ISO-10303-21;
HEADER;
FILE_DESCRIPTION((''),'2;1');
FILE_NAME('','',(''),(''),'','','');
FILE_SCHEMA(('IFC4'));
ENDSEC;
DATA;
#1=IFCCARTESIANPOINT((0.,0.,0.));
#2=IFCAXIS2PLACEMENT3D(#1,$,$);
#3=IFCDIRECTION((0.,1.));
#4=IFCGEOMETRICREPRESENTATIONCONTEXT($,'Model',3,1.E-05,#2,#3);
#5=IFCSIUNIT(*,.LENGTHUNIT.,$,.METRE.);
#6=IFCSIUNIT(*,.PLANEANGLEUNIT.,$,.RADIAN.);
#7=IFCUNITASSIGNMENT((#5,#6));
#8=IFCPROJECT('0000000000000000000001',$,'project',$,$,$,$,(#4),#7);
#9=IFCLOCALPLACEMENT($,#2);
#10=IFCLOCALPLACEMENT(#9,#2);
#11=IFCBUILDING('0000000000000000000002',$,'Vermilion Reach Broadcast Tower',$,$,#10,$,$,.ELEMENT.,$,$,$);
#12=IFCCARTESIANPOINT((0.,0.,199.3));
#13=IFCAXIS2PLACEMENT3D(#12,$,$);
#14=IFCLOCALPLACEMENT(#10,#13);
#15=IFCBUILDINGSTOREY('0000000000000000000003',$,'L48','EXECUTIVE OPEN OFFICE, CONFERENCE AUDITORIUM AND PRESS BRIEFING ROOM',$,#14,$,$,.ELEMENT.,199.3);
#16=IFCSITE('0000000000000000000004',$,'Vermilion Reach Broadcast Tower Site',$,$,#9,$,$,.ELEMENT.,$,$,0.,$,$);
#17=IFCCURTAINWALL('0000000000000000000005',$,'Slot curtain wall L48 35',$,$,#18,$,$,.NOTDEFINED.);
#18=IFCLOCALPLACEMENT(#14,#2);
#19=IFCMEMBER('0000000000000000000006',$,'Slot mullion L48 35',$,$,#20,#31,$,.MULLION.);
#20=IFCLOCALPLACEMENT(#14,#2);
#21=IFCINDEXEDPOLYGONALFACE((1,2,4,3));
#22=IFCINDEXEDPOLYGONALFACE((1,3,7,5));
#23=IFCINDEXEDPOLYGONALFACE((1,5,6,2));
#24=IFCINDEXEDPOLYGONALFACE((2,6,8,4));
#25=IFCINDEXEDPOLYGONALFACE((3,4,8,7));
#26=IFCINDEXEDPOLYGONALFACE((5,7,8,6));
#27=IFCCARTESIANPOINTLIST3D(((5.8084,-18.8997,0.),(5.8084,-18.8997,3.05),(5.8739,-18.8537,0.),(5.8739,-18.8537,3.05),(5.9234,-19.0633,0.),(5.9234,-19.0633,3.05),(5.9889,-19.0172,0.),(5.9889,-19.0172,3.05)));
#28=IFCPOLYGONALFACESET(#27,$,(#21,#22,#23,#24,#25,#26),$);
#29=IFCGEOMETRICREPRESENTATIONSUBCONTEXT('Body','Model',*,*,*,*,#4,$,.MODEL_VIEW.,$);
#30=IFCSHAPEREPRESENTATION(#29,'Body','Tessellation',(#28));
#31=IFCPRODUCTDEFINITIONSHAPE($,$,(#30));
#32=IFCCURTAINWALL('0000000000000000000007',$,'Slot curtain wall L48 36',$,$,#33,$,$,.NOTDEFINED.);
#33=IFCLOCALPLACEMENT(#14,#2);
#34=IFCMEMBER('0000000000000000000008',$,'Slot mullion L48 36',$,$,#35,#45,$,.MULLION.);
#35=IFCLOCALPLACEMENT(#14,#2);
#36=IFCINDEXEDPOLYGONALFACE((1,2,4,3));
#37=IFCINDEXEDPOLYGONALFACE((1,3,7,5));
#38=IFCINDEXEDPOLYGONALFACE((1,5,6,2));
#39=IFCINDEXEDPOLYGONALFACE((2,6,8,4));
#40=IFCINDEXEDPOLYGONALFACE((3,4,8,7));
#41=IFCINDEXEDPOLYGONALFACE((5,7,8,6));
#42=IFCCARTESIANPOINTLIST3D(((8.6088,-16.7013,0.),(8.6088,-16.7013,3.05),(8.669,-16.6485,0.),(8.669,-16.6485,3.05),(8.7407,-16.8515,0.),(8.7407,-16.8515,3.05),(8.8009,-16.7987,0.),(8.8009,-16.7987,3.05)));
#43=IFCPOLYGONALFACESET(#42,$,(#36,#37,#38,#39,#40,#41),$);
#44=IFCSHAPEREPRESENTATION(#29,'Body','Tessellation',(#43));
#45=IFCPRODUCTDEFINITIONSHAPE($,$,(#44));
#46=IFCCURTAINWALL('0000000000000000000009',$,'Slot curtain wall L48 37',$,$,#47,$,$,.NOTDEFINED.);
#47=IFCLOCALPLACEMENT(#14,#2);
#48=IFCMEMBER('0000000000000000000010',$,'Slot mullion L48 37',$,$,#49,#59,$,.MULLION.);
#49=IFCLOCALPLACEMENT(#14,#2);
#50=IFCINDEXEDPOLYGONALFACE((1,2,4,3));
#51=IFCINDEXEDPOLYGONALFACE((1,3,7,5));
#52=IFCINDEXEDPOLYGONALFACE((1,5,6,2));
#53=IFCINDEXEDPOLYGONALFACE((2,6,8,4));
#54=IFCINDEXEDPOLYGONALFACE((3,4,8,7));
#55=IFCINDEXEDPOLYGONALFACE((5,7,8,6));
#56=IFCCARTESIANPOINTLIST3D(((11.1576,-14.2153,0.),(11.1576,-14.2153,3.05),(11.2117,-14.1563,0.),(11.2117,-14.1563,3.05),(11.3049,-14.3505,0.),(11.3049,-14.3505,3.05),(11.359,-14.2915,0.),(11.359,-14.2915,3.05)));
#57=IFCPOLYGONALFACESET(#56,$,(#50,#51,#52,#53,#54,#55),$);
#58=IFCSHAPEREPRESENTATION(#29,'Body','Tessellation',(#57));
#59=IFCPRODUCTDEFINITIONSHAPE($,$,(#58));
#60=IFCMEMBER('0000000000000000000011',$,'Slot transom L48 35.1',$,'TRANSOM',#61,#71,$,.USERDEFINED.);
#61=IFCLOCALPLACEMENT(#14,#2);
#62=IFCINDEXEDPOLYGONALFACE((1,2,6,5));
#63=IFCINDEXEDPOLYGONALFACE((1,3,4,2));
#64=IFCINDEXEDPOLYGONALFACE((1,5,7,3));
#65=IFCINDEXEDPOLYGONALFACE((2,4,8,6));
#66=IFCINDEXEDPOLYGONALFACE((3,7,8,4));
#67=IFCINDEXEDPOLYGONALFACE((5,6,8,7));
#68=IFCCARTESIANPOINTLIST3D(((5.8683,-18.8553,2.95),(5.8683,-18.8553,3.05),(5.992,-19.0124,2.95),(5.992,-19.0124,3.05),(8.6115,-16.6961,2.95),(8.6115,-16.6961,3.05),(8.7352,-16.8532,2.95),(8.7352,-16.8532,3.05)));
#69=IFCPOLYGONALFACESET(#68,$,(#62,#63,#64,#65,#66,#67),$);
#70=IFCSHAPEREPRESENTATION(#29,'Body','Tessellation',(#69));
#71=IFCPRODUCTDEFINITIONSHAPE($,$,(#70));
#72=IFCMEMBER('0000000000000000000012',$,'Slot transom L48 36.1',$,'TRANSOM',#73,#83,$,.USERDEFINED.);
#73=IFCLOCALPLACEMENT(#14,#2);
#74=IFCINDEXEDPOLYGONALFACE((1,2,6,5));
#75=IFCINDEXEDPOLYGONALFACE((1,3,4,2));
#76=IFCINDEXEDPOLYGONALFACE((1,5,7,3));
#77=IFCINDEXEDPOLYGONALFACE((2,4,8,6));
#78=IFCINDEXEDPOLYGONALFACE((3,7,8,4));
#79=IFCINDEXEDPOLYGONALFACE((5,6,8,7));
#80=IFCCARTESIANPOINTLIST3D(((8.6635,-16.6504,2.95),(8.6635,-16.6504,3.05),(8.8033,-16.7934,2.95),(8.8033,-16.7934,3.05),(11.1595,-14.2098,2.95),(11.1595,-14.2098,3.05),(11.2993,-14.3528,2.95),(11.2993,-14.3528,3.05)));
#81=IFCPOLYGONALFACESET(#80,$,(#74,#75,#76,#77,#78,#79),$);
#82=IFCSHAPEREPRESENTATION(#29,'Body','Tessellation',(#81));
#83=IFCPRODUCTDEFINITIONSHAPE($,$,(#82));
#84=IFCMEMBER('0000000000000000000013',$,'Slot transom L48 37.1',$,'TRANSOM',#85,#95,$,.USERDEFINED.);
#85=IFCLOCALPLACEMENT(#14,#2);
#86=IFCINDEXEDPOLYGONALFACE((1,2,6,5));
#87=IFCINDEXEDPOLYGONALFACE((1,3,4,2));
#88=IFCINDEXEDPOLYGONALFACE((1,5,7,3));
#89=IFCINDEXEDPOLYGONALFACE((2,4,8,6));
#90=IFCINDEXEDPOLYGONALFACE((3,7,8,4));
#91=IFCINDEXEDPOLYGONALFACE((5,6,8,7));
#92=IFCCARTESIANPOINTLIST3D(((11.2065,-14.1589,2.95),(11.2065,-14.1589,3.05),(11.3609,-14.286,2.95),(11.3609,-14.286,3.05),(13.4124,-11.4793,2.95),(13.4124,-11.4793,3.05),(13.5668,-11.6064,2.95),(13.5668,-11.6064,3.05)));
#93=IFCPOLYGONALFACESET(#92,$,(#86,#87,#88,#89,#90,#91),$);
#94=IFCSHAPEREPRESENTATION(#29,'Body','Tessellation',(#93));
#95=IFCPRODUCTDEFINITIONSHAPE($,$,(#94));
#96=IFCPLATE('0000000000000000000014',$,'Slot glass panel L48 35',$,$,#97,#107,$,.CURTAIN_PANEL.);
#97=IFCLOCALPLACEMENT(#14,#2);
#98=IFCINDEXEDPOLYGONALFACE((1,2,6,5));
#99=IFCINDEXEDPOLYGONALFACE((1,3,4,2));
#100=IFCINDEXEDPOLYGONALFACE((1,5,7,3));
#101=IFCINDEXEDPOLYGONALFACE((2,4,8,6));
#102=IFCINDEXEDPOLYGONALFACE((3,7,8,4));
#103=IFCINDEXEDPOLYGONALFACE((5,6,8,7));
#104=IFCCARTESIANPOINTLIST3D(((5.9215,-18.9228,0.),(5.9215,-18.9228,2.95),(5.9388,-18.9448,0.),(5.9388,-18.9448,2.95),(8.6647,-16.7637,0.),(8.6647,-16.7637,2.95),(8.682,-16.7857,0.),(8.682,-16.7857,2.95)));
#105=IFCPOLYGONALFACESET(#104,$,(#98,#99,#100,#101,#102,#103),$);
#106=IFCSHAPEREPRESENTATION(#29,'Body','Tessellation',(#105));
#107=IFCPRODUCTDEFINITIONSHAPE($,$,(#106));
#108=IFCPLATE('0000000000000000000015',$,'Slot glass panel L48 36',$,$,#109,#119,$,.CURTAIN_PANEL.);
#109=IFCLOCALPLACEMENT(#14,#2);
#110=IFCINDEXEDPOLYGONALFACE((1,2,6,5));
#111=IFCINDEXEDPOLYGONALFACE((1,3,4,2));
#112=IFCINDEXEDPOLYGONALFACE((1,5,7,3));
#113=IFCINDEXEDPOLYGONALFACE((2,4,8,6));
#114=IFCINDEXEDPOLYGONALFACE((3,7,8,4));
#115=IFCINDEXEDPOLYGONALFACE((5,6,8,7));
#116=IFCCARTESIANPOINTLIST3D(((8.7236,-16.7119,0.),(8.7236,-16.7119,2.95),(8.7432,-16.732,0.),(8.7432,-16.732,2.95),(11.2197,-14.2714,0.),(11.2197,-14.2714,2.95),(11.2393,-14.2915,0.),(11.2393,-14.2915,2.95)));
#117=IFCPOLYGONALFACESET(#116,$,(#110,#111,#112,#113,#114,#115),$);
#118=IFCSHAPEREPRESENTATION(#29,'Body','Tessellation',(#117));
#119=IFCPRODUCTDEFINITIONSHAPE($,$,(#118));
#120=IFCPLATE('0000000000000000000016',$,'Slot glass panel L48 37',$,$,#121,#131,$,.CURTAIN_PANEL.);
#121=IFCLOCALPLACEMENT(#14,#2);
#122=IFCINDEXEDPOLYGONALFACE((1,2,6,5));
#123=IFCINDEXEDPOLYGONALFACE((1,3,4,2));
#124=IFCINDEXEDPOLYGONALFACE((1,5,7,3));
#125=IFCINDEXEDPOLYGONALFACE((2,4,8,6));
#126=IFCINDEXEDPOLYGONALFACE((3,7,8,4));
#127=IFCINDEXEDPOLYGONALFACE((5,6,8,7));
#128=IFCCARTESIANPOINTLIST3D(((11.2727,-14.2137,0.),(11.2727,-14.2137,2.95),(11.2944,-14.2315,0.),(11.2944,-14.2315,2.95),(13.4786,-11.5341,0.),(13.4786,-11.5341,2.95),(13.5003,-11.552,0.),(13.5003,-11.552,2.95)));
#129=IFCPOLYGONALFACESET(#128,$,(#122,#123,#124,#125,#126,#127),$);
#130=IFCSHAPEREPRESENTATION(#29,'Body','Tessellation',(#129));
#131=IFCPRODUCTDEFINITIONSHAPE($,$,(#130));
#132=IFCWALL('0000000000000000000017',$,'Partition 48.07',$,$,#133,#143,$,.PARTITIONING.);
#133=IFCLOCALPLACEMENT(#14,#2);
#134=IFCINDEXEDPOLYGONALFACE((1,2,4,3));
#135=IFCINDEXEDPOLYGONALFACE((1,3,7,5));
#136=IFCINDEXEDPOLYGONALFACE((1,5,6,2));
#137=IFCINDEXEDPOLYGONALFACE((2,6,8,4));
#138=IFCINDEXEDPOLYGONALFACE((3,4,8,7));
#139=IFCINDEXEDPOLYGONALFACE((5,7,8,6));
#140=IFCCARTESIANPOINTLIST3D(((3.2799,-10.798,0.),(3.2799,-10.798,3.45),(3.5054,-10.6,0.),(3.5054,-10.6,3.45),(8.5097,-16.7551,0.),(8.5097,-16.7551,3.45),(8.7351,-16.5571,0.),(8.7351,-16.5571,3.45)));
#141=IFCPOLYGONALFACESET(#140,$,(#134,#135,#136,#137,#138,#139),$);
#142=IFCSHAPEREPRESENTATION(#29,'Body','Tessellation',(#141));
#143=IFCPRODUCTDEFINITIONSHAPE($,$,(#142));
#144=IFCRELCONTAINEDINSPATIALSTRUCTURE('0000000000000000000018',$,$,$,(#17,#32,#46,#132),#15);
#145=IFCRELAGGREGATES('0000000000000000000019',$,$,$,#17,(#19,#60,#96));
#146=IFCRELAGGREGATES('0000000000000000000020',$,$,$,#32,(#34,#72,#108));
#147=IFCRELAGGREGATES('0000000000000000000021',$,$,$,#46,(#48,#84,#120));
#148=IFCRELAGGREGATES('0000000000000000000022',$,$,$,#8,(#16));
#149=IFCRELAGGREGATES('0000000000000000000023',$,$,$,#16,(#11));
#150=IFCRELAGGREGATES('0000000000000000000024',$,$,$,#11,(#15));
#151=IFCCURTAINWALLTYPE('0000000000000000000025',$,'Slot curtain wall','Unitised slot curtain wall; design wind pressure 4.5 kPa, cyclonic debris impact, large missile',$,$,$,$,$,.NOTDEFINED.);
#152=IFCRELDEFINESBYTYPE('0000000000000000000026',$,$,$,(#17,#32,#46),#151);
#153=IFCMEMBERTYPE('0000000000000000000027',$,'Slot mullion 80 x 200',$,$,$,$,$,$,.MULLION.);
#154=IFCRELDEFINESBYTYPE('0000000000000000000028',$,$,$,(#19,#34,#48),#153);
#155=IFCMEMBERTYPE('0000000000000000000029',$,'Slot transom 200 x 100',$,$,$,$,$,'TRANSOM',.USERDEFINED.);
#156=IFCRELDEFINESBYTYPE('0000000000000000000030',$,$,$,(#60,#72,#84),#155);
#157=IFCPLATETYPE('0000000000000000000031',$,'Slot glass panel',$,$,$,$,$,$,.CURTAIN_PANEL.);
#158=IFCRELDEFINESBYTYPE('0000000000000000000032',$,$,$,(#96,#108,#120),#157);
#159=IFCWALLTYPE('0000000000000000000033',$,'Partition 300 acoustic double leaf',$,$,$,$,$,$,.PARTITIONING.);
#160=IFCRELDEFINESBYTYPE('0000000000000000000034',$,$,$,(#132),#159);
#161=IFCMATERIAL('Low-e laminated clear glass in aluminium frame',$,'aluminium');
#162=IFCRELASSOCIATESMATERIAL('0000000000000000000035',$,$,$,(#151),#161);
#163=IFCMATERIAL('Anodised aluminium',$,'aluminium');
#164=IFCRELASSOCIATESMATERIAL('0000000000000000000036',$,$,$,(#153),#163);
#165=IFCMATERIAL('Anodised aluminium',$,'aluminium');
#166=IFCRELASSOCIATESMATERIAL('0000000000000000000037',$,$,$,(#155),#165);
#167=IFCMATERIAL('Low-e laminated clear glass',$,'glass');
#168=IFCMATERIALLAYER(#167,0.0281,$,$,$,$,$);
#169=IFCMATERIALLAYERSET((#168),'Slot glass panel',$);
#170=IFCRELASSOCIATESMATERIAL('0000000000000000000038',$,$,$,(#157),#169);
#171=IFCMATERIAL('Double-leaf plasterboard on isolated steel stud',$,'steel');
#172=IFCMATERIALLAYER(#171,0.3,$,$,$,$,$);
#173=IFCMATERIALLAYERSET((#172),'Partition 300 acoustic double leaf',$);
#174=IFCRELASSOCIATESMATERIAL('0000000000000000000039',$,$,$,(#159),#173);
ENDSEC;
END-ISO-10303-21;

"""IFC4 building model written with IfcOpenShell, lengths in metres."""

from ifc_helpers import new_model, si_unit, direction, frame, frame_2d, origin, origin_2d, place, context, subcontext, project, spatial, rectangle, extrude, material, layer, layer_set, material_profile, profile_set, type_object, element, aggregate, save


model = new_model("IFC4")

# Units and contexts
model_context = context("Model", 3, precision=1e-05, world=origin(), true_north=direction((0.0, 1.0)))
body_context = subcontext(model_context, "Body", "Model", "MODEL_VIEW")
ifc_project = project(units=[si_unit("LENGTHUNIT", "METRE"), si_unit("PLANEANGLEUNIT", "RADIAN")], contexts=[model_context])

# Site, building, storey
site_placement = place(None, origin())
site = spatial("IfcSite", under=ifc_project, at=site_placement, Name="Vermilion Reach Broadcast Tower Site", CompositionType="ELEMENT", RefElevation=0.0)
building_placement = place(site_placement, origin())
building = spatial("IfcBuilding", under=site, at=building_placement, Name="Vermilion Reach Broadcast Tower", CompositionType="ELEMENT")
storey_placement = place(building_placement, frame((0.0, 0.0, 199.3)))
storey = spatial("IfcBuildingStorey", under=building, at=storey_placement, Name="L48", Description="EXECUTIVE OPEN OFFICE, CONFERENCE AUDITORIUM AND PRESS BRIEFING ROOM", CompositionType="ELEMENT", Elevation=199.3)

# Curtain walls, members
ifc_material_1 = material(Name="Low-e laminated clear glass in aluminium frame", Category="aluminium")
curtain_wall_type = type_object("IfcCurtainWallType", Name="Slot curtain wall", Description="Unitised slot curtain wall; design wind pressure 4.5 kPa, cyclonic debris impact, large missile", PredefinedType="NOTDEFINED", material=ifc_material_1)
placement = place(storey_placement, origin())
curtain_wall_1 = element("IfcCurtainWall", 1, at=placement, inside=storey, type_object=curtain_wall_type, Name="Slot curtain wall L48 35", PredefinedType="NOTDEFINED")
ifc_material_2 = material(Name="Anodised aluminium", Category="aluminium")
ifc_material_profile_1 = material_profile(ifc_material_2, rectangle(XDim=0.2, YDim=0.0801, at=origin_2d()), Name="Slot mullion 80 x 200")
ifc_profile_set_1 = profile_set([ifc_material_profile_1], Name="Anodised aluminium")
member_type_1 = type_object("IfcMemberType", Name="Slot mullion 80 x 200", PredefinedType="MULLION", material=ifc_profile_set_1)
member_1_placement = place(storey_placement, frame((5.8987, -18.9585, 0.0), z_axis=(0.0, 0.0, 1.0), x_axis=(-0.575206, 0.818009, 0.0)))
member_1 = element("IfcMember", 2, at=member_1_placement, type_object=member_type_1, Name="Slot mullion L48 35", PredefinedType="MULLION", context=body_context, shape_type="SweptSolid", body=[
    extrude(rectangle(XDim=0.2, YDim=0.0801, at=origin_2d()), origin(), (0.0, 0.0, 1.0), 3.05),
])
curtain_wall_2 = element("IfcCurtainWall", 3, at=placement, inside=storey, type_object=curtain_wall_type, Name="Slot curtain wall L48 36", PredefinedType="NOTDEFINED")
member_2_placement = place(storey_placement, frame((8.7048, -16.75, 0.0), z_axis=(0.0, 0.0, 1.0), x_axis=(-0.659739, 0.751494, 0.0)))
member_2 = element("IfcMember", 4, at=member_2_placement, type_object=member_type_1, Name="Slot mullion L48 36", PredefinedType="MULLION", context=body_context, shape_type="SweptSolid", body=[
    extrude(rectangle(XDim=0.2, YDim=0.0801, at=origin_2d()), origin(), (0.0, 0.0, 1.0), 3.05),
])
curtain_wall_3 = element("IfcCurtainWall", 5, at=placement, inside=storey, type_object=curtain_wall_type, Name="Slot curtain wall L48 37", PredefinedType="NOTDEFINED")
member_3_placement = place(storey_placement, frame((11.2583, -14.2534, 0.0), z_axis=(0.0, 0.0, 1.0), x_axis=(-0.73664, 0.676286, 0.0)))
member_3 = element("IfcMember", 6, at=member_3_placement, type_object=member_type_1, Name="Slot mullion L48 37", PredefinedType="MULLION", context=body_context, shape_type="SweptSolid", body=[
    extrude(rectangle(XDim=0.2, YDim=0.0801, at=origin_2d()), origin(), (0.0, 0.0, 1.0), 3.05),
])

# Members
ifc_material_3 = material(Name="Anodised aluminium", Category="aluminium")
ifc_material_profile_2 = material_profile(ifc_material_3, rectangle(XDim=0.2, YDim=0.1001, at=origin_2d()), Name="Slot transom 200 x 100")
ifc_profile_set_2 = profile_set([ifc_material_profile_2], Name="Anodised aluminium")
member_type_2 = type_object("IfcMemberType", Name="Slot transom 200 x 100", ElementType="TRANSOM", PredefinedType="USERDEFINED", material=ifc_profile_set_2)
member_4_placement = place(storey_placement, frame((5.9302, -18.9338, 3.0), z_axis=(0.785784, 0.618501, 0.0), x_axis=(-0.618501, 0.785784, 0.0)))
member_4 = element("IfcMember", 7, at=member_4_placement, type_object=member_type_2, Name="Slot transom L48 35.1", ObjectType="TRANSOM", PredefinedType="USERDEFINED", context=body_context, shape_type="SweptSolid", body=[
    extrude(rectangle(XDim=0.2, YDim=0.1001, at=origin_2d()), origin(), (0.0, 0.0, 1.0), 3.491),
])
member_5_placement = place(storey_placement, frame((8.7334, -16.7219, 3.0), z_axis=(0.715, 0.699125, 0.0), x_axis=(-0.699125, 0.715, 0.0)))
member_5 = element("IfcMember", 8, at=member_5_placement, type_object=member_type_2, Name="Slot transom L48 36.1", ObjectType="TRANSOM", PredefinedType="USERDEFINED", context=body_context, shape_type="SweptSolid", body=[
    extrude(rectangle(XDim=0.2, YDim=0.1001, at=origin_2d()), origin(), (0.0, 0.0, 1.0), 3.491),
])
member_6_placement = place(storey_placement, frame((11.2837, -14.2224, 3.0), z_axis=(0.635572, 0.772042, 0.0), x_axis=(-0.772042, 0.635572, 0.0)))
member_6 = element("IfcMember", 9, at=member_6_placement, type_object=member_type_2, Name="Slot transom L48 37.1", ObjectType="TRANSOM", PredefinedType="USERDEFINED", context=body_context, shape_type="SweptSolid", body=[
    extrude(rectangle(XDim=0.2, YDim=0.1001, at=origin_2d()), origin(), (0.0, 0.0, 1.0), 3.4707),
])

# Plates
ifc_material_4 = material(Name="Low-e laminated clear glass", Category="glass")
ifc_layer_1 = layer(ifc_material_4, 0.0281)
ifc_layer_set_1 = layer_set([ifc_layer_1], Name="Slot glass panel")
plate_type = type_object("IfcPlateType", Name="Slot glass panel", PredefinedType="CURTAIN_PANEL", material=ifc_layer_set_1)
plate_1_placement = place(storey_placement, frame((7.3018, -17.8542, 0.0), z_axis=(0.0, 0.0, 1.0), x_axis=(0.785796, 0.618486, 0.0)))
plate_1 = element("IfcPlate", 10, at=plate_1_placement, type_object=plate_type, Name="Slot glass panel L48 35", PredefinedType="CURTAIN_PANEL", context=body_context, shape_type="SweptSolid", body=[
    extrude(rectangle(XDim=3.491, YDim=0.0281, at=origin_2d()), origin(), (0.0, 0.0, 1.0), 2.95),
])
aggregate(curtain_wall_1, [member_1, member_4, plate_1])
plate_2_placement = place(storey_placement, frame((9.9814, -15.5017, 0.0), z_axis=(0.0, 0.0, 1.0), x_axis=(0.71503, 0.699093, 0.0)))
plate_2 = element("IfcPlate", 11, at=plate_2_placement, type_object=plate_type, Name="Slot glass panel L48 36", PredefinedType="CURTAIN_PANEL", context=body_context, shape_type="SweptSolid", body=[
    extrude(rectangle(XDim=3.491, YDim=0.0281, at=origin_2d()), origin(), (0.0, 0.0, 1.0), 2.95),
])
aggregate(curtain_wall_2, [member_2, member_5, plate_2])
plate_3_placement = place(storey_placement, frame((12.3865, -12.8828, 0.0), z_axis=(0.0, 0.0, 1.0), x_axis=(0.635572, 0.772041, 0.0)))
plate_3 = element("IfcPlate", 12, at=plate_3_placement, type_object=plate_type, Name="Slot glass panel L48 37", PredefinedType="CURTAIN_PANEL", context=body_context, shape_type="SweptSolid", body=[
    extrude(rectangle(XDim=3.4707, YDim=0.0281, at=origin_2d()), origin(), (0.0, 0.0, 1.0), 2.95),
])
aggregate(curtain_wall_3, [member_3, member_6, plate_3])

# Wall
ifc_material_5 = material(Name="Double-leaf plasterboard on isolated steel stud", Category="steel")
ifc_layer_2 = layer(ifc_material_5, 0.3)
ifc_layer_set_2 = layer_set([ifc_layer_2], Name="Partition 300 acoustic double leaf")
wall_type = type_object("IfcWallType", Name="Partition 300 acoustic double leaf", PredefinedType="PARTITIONING", material=ifc_layer_set_2)
wall_placement = place(storey_placement, frame((8.6223, -16.656, 0.0), z_axis=(0.0, 0.0, 1.0), x_axis=(-0.659742, 0.751492, 0.0)))
element("IfcWall", 13, at=wall_placement, inside=storey, type_object=wall_type, Name="Partition 48.07", PredefinedType="PARTITIONING", context=body_context, shape_type="SweptSolid", body=[
    extrude(rectangle(XDim=7.927, YDim=0.3, at=frame_2d((3.9634, 0.0))), origin(), (0.0, 0.0, 1.0), 3.45),
])

save(model, "model.ifc")
